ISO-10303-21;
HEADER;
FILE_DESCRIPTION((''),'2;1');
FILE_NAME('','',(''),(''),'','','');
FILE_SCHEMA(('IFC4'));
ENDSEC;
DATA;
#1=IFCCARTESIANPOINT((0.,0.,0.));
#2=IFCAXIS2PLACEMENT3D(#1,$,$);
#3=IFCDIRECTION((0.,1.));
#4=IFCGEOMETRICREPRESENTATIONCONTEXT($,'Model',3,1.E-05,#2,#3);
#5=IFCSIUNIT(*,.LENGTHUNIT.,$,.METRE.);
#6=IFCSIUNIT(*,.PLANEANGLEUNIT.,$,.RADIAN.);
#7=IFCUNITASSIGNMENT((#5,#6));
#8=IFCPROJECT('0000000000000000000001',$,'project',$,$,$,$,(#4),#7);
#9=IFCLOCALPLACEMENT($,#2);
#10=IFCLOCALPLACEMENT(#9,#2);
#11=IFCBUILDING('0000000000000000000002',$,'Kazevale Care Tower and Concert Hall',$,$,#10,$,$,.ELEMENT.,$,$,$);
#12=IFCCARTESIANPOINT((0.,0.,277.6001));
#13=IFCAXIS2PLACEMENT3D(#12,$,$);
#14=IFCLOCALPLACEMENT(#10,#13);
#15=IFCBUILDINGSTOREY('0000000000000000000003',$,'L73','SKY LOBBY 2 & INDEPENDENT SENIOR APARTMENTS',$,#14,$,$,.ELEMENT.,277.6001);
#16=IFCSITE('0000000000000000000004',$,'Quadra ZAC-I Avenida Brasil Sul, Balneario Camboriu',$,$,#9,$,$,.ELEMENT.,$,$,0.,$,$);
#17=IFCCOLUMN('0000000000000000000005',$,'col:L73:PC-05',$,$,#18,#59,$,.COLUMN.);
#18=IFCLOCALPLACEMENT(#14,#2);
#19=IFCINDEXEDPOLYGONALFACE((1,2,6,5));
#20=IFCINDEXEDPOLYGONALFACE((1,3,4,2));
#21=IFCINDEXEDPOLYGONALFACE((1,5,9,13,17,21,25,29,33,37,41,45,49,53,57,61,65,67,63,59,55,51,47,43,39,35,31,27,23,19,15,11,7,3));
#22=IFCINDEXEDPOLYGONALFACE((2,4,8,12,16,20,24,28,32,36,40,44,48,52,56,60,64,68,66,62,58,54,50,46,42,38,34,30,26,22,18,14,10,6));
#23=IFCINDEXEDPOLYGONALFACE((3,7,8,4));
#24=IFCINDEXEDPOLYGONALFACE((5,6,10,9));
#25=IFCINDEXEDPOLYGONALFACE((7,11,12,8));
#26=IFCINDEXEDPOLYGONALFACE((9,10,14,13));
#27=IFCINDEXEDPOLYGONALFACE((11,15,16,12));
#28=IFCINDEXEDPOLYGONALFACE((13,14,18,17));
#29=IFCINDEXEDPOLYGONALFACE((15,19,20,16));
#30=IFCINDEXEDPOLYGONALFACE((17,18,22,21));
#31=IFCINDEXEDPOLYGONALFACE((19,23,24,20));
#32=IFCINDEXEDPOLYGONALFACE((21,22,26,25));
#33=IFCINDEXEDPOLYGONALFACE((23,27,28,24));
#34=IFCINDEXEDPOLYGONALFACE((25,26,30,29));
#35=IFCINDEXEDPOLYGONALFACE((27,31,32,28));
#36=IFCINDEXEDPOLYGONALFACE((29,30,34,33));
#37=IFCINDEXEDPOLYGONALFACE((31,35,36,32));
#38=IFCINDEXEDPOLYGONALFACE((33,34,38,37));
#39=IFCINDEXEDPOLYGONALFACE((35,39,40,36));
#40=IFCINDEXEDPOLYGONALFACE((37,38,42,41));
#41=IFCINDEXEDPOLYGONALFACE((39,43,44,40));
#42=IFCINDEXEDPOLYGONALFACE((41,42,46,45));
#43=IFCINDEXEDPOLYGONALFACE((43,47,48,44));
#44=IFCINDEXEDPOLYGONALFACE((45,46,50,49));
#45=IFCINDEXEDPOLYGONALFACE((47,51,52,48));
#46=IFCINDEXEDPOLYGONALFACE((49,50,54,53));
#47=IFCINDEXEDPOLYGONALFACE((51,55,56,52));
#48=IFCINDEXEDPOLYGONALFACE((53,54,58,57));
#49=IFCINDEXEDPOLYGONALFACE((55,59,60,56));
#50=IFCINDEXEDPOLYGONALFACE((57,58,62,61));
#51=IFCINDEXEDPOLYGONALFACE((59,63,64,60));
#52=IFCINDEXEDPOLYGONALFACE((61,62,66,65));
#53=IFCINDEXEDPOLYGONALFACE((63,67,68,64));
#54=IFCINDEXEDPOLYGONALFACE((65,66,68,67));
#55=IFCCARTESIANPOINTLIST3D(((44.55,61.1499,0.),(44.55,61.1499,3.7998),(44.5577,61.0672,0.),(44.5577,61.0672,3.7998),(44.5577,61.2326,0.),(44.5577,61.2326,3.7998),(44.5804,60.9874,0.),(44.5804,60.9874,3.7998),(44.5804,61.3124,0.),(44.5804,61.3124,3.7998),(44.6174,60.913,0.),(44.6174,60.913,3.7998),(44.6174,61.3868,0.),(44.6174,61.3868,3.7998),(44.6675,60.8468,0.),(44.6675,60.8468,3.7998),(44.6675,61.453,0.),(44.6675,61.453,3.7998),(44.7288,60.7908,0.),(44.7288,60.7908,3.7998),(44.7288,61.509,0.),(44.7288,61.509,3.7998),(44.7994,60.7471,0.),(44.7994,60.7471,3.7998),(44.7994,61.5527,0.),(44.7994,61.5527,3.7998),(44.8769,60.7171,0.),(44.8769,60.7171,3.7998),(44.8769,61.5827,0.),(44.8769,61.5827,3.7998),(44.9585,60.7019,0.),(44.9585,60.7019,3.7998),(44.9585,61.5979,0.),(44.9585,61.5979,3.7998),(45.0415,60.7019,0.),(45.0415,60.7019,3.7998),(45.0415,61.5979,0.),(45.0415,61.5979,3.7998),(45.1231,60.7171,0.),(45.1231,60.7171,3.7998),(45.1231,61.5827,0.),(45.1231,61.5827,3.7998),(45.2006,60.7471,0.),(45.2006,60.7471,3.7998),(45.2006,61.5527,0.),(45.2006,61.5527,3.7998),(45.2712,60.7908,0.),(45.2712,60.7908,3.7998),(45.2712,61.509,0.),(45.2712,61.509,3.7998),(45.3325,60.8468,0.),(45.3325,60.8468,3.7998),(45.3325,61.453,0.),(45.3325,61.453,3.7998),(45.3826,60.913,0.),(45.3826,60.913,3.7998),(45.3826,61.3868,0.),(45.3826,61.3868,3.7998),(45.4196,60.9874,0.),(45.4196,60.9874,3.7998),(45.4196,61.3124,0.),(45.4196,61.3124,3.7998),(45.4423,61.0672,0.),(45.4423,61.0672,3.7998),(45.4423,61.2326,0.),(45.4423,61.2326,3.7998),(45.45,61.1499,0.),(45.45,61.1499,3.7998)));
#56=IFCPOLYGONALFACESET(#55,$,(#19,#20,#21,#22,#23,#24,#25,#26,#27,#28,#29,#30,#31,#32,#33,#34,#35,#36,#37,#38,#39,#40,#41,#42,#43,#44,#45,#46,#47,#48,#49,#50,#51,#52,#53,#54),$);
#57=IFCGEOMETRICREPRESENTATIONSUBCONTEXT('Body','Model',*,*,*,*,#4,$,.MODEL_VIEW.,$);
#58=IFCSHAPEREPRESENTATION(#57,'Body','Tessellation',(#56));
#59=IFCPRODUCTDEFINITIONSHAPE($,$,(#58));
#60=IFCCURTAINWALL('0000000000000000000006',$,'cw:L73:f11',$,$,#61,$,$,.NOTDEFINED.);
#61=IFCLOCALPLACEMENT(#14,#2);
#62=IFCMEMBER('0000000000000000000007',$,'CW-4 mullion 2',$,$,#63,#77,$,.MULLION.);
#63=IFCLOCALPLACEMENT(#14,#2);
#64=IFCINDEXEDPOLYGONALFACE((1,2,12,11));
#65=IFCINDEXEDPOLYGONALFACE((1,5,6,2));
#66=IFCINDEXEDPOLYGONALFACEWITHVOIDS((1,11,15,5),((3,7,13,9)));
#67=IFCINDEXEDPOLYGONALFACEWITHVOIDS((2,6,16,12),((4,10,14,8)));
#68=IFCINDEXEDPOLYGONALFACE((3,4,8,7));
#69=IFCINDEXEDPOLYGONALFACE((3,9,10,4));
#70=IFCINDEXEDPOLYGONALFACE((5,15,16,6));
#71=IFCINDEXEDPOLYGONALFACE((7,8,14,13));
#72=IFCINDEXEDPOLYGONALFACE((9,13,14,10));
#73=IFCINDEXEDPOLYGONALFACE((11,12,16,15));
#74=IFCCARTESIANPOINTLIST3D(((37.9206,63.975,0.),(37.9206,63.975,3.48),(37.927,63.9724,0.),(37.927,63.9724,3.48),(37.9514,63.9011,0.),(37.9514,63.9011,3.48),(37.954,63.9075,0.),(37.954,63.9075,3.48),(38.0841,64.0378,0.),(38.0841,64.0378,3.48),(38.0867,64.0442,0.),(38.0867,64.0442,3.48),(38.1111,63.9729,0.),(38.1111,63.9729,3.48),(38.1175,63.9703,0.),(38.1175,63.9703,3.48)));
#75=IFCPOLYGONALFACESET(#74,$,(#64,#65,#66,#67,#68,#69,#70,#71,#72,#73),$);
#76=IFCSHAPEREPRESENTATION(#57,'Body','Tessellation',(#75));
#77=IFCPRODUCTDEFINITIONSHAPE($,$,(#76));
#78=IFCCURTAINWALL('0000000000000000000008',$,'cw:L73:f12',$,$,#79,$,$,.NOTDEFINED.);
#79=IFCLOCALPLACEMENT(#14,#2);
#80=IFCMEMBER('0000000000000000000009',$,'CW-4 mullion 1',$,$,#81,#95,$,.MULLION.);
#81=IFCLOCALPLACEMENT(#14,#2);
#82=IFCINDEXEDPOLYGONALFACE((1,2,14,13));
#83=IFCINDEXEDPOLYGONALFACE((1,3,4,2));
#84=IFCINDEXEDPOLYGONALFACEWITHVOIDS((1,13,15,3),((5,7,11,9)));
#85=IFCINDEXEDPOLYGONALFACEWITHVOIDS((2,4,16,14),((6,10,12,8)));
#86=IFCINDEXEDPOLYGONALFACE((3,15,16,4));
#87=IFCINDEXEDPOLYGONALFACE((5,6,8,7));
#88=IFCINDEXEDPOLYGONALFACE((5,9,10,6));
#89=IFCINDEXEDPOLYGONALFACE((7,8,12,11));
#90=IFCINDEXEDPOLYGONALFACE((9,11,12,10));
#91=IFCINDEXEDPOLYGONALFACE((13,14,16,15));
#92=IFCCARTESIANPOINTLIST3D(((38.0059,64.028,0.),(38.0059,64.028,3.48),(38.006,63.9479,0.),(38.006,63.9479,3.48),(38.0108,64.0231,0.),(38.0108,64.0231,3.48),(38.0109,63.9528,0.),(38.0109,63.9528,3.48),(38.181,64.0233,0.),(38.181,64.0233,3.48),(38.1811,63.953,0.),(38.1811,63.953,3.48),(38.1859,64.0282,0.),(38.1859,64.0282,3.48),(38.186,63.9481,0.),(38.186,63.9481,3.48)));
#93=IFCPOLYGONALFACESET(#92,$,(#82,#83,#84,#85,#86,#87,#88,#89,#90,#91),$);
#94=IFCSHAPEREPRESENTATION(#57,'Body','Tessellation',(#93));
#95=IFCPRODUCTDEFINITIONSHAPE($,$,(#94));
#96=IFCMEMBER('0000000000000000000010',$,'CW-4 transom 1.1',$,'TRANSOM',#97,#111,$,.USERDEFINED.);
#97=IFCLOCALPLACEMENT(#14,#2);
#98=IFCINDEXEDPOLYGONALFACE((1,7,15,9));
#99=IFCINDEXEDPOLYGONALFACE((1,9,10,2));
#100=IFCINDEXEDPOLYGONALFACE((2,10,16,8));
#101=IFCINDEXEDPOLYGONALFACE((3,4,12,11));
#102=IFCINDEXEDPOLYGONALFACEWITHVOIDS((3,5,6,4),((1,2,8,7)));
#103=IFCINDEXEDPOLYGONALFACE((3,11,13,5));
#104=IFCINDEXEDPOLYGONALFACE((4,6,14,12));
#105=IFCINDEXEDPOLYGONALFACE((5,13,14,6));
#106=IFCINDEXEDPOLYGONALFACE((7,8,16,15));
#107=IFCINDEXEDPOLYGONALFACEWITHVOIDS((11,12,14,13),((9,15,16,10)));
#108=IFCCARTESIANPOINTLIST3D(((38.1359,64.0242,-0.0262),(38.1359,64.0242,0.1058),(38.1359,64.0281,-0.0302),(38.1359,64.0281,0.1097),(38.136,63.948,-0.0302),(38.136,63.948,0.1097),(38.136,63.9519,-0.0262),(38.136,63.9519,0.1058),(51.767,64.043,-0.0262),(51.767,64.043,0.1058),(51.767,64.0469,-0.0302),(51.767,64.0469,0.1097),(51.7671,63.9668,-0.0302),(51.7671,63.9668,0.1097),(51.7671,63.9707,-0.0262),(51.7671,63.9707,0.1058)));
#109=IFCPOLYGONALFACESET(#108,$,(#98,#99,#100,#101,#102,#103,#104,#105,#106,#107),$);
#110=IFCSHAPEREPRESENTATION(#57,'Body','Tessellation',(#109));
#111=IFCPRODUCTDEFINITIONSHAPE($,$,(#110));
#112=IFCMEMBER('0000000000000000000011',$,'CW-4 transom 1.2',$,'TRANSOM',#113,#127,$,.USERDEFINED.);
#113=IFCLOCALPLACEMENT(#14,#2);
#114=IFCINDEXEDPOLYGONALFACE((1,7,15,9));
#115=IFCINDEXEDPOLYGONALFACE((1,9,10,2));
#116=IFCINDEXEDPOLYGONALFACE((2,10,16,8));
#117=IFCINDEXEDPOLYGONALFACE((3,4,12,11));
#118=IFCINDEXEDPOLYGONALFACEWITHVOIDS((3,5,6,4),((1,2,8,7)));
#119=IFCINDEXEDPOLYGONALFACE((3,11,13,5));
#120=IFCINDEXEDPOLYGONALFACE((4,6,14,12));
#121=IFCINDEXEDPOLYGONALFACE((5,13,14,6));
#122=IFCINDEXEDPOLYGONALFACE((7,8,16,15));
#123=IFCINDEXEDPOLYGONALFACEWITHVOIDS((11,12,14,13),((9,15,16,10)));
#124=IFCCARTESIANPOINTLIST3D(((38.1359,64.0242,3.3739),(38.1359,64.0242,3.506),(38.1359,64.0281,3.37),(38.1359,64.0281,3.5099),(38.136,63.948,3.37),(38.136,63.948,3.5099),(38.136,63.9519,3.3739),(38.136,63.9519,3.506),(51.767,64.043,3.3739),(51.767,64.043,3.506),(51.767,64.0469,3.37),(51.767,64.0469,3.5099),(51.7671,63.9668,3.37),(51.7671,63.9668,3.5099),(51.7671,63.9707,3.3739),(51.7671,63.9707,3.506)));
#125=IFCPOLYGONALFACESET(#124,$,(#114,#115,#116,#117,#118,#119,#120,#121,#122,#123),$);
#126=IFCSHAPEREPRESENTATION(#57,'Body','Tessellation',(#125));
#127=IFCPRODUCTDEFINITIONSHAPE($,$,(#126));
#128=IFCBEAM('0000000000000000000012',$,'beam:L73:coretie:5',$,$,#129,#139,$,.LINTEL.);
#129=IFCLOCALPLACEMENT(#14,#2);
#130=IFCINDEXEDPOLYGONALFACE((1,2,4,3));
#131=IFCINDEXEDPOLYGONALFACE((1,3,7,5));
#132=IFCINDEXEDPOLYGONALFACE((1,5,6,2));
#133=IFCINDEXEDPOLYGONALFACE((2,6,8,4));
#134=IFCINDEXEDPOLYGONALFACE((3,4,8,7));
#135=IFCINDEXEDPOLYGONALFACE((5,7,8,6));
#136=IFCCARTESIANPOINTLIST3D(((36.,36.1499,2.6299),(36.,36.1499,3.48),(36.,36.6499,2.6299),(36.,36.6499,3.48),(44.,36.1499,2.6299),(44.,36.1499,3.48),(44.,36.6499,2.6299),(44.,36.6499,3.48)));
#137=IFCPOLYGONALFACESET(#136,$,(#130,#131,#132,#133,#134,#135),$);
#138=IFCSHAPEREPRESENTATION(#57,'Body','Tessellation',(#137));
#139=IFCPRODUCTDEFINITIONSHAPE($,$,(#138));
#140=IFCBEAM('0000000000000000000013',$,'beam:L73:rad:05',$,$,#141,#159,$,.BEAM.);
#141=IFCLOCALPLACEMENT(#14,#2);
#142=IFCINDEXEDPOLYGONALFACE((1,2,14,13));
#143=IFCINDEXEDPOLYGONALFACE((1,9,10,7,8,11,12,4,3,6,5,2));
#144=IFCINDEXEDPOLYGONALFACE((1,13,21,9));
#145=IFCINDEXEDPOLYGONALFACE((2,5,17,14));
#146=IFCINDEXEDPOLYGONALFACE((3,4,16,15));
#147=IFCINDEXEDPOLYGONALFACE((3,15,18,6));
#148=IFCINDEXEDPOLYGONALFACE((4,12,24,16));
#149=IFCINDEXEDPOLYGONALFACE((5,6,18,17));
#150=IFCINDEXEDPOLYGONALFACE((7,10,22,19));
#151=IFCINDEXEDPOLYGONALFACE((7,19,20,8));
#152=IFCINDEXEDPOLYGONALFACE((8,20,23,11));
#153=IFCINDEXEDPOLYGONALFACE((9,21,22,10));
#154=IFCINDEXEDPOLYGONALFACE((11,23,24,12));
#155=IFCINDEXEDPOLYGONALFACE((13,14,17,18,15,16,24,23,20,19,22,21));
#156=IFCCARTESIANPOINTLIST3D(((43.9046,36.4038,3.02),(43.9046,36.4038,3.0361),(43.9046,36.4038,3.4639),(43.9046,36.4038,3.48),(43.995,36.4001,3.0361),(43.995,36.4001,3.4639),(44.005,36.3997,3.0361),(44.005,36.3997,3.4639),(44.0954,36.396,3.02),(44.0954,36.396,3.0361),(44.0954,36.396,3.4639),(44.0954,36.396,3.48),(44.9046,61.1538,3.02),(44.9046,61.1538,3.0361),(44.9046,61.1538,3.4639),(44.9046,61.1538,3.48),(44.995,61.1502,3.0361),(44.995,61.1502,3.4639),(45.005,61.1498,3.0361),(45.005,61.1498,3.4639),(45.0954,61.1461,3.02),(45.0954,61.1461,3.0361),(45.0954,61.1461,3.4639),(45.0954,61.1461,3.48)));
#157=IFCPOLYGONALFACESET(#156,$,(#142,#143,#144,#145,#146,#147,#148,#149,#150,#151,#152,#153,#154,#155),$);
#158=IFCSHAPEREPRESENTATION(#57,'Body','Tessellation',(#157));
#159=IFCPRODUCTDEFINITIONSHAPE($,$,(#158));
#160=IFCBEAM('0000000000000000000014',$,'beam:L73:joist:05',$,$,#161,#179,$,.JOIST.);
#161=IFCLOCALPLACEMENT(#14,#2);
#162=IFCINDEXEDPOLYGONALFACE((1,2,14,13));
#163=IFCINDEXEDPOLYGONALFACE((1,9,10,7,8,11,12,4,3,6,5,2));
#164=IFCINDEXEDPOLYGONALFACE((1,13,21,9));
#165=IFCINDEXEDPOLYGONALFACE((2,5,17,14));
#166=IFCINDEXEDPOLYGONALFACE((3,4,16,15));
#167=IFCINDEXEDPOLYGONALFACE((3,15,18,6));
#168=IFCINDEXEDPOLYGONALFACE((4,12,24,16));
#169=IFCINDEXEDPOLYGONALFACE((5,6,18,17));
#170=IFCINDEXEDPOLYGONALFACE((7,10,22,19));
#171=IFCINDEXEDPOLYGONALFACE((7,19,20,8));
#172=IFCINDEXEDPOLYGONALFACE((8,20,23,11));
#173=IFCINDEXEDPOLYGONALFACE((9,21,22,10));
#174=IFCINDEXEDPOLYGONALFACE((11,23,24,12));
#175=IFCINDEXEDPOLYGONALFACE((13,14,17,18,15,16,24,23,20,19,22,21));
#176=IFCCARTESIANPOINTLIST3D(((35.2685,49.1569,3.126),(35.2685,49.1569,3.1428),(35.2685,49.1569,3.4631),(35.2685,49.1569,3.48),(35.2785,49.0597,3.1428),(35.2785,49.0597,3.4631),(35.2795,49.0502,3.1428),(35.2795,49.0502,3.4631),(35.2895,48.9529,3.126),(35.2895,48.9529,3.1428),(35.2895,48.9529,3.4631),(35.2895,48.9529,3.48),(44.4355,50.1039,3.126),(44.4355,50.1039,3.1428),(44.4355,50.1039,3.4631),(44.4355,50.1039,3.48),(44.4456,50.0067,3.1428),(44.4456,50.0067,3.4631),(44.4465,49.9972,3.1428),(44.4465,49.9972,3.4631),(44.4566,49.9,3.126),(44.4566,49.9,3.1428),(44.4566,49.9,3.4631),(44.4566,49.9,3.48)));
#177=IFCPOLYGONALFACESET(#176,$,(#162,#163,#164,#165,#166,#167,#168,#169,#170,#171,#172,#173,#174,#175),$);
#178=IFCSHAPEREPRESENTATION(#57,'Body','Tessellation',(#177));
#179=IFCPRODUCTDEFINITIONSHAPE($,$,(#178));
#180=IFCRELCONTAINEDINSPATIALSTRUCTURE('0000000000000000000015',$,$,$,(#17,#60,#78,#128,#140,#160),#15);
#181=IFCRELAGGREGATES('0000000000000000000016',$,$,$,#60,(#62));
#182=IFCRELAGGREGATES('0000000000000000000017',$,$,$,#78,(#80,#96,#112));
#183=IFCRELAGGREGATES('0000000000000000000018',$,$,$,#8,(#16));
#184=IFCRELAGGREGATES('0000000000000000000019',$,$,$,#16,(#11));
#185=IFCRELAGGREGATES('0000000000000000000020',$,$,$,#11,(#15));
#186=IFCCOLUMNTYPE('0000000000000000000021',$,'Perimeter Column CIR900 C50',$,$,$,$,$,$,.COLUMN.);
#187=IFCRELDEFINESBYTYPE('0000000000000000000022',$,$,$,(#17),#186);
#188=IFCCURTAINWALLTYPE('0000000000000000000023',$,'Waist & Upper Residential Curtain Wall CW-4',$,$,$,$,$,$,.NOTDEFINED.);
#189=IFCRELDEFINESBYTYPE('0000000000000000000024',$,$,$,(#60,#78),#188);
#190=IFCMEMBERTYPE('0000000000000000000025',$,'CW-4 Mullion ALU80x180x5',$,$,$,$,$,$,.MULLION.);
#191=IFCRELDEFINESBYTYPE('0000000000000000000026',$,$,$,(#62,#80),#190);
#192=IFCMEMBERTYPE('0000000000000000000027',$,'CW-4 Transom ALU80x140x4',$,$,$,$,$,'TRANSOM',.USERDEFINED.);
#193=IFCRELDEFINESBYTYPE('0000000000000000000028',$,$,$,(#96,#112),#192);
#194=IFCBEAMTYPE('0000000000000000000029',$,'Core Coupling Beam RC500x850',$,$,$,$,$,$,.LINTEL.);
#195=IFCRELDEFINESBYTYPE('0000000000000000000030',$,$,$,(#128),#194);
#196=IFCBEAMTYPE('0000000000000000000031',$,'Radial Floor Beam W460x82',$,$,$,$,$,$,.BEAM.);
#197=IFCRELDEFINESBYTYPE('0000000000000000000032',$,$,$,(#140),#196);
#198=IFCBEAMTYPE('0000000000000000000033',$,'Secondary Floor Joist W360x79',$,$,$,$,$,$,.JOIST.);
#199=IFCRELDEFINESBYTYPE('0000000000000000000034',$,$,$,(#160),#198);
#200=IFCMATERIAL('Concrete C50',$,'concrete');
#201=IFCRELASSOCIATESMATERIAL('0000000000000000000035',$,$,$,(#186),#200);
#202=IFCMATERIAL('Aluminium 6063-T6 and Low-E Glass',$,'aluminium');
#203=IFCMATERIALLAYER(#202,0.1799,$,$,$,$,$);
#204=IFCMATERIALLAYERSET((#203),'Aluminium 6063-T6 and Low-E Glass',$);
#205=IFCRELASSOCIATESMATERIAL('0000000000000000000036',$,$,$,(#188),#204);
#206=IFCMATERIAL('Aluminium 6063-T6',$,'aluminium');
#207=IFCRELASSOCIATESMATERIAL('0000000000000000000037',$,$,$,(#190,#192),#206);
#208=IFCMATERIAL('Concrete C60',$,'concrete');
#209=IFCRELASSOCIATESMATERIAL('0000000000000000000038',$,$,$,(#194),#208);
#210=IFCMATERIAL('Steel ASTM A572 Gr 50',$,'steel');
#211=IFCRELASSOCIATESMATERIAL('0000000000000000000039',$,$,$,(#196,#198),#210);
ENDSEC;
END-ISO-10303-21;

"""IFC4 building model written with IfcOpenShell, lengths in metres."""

from ifc_helpers import new_model, si_unit, direction, frame, origin, origin_2d, place, context, subcontext, project, spatial, rectangle, hollow_rectangle, circle, i_section, extrude, material, layer, layer_set, material_profile, profile_set, type_object, element, aggregate, save


model = new_model("IFC4")

# Units and contexts
model_context = context("Model", 3, precision=1e-05, world=origin(), true_north=direction((0.0, 1.0)))
body_context = subcontext(model_context, "Body", "Model", "MODEL_VIEW")
ifc_project = project(units=[si_unit("LENGTHUNIT", "METRE"), si_unit("PLANEANGLEUNIT", "RADIAN")], contexts=[model_context])

# Site, building, storey
site_placement = place(None, origin())
site = spatial("IfcSite", under=ifc_project, at=site_placement, Name="Quadra ZAC-I Avenida Brasil Sul, Balneario Camboriu", CompositionType="ELEMENT", RefElevation=0.0)
building_placement = place(site_placement, origin())
building = spatial("IfcBuilding", under=site, at=building_placement, Name="Kazevale Care Tower and Concert Hall", CompositionType="ELEMENT")
storey_placement = place(building_placement, frame((0.0, 0.0, 277.6001)))
storey = spatial("IfcBuildingStorey", under=building, at=storey_placement, Name="L73", Description="SKY LOBBY 2 & INDEPENDENT SENIOR APARTMENTS", CompositionType="ELEMENT", Elevation=277.6001)

# Column
ifc_material_1 = material(Name="Concrete C50", Category="concrete")
ifc_material_profile_1 = material_profile(ifc_material_1, circle(Radius=0.45, at=origin_2d()), Name="RC-CIR900")
ifc_profile_set_1 = profile_set([ifc_material_profile_1], Name="Concrete C50")
column_type = type_object("IfcColumnType", Name="Perimeter Column CIR900 C50", PredefinedType="COLUMN", material=ifc_profile_set_1)
column_placement = place(storey_placement, frame((45.0, 61.1499, 0.0), z_axis=(0.0, 0.0, 1.0), x_axis=(1.0, 0.0, 0.0)))
element("IfcColumn", 1, at=column_placement, inside=storey, type_object=column_type, Name="col:L73:PC-05", PredefinedType="COLUMN", context=body_context, shape_type="SweptSolid", body=[
    extrude(circle(Radius=0.45, at=origin_2d()), origin(), (0.0, 0.0, 1.0), 3.7998),
])

# Curtain wall, member
ifc_material_2 = material(Name="Aluminium 6063-T6 and Low-E Glass", Category="aluminium")
ifc_layer_1 = layer(ifc_material_2, 0.1799)
ifc_layer_set_1 = layer_set([ifc_layer_1], Name="Aluminium 6063-T6 and Low-E Glass")
curtain_wall_type = type_object("IfcCurtainWallType", Name="Waist & Upper Residential Curtain Wall CW-4", PredefinedType="NOTDEFINED", material=ifc_layer_set_1)
curtain_wall_1_placement = place(storey_placement, origin())
curtain_wall_1 = element("IfcCurtainWall", 2, at=curtain_wall_1_placement, inside=storey, type_object=curtain_wall_type, Name="cw:L73:f11", PredefinedType="NOTDEFINED")
ifc_material_3 = material(Name="Aluminium 6063-T6", Category="aluminium")
ifc_material_profile_2 = material_profile(ifc_material_3, hollow_rectangle(XDim=0.0801, YDim=0.1799, WallThickness=0.0049, at=origin_2d()), Name="ALU80x180x5")
ifc_profile_set_2 = profile_set([ifc_material_profile_2], Name="Aluminium 6063-T6")
member_type_1 = type_object("IfcMemberType", Name="CW-4 Mullion ALU80x180x5", PredefinedType="MULLION", material=ifc_profile_set_2)
member_1_placement = place(storey_placement, frame((38.019, 63.9727, 0.0), z_axis=(0.0, 0.0, 1.0), x_axis=(-0.384684, 0.923048, 0.0)))
member_1 = element("IfcMember", 3, at=member_1_placement, type_object=member_type_1, Name="CW-4 mullion 2", PredefinedType="MULLION", context=body_context, shape_type="SweptSolid", body=[
    extrude(hollow_rectangle(XDim=0.0801, YDim=0.1799, WallThickness=0.0049, at=origin_2d()), origin(), (0.0, 0.0, 1.0), 3.48),
])
aggregate(curtain_wall_1, [member_1])

# Curtain wall, members
curtain_wall_2_placement = place(storey_placement, origin())
curtain_wall_2 = element("IfcCurtainWall", 4, at=curtain_wall_2_placement, inside=storey, type_object=curtain_wall_type, Name="cw:L73:f12", PredefinedType="NOTDEFINED")
member_2_placement = place(storey_placement, frame((38.0959, 63.988, 0.0), z_axis=(0.0, 0.0, 1.0), x_axis=(-0.001378, 0.999999, 0.0)))
member_2 = element("IfcMember", 5, at=member_2_placement, type_object=member_type_1, Name="CW-4 mullion 1", PredefinedType="MULLION", context=body_context, shape_type="SweptSolid", body=[
    extrude(hollow_rectangle(XDim=0.0801, YDim=0.1799, WallThickness=0.0049, at=origin_2d()), origin(), (0.0, 0.0, 1.0), 3.48),
])
ifc_material_profile_3 = material_profile(ifc_material_3, hollow_rectangle(XDim=0.0801, YDim=0.1399, WallThickness=0.0039, at=origin_2d()), Name="ALU80x140x4")
ifc_profile_set_3 = profile_set([ifc_material_profile_3], Name="Aluminium 6063-T6")
member_type_2 = type_object("IfcMemberType", Name="CW-4 Transom ALU80x140x4", ElementType="TRANSOM", PredefinedType="USERDEFINED", material=ifc_profile_set_3)
member_3_placement = place(storey_placement, frame((38.136, 63.988, 0.0398), z_axis=(0.999999, 0.001379, 0.0), x_axis=(-0.001379, 0.999999, 0.0)))
member_3 = element("IfcMember", 6, at=member_3_placement, type_object=member_type_2, Name="CW-4 transom 1.1", ObjectType="TRANSOM", PredefinedType="USERDEFINED", context=body_context, shape_type="SweptSolid", body=[
    extrude(hollow_rectangle(XDim=0.0801, YDim=0.1399, WallThickness=0.0039, at=origin_2d()), origin(), (0.0, 0.0, 1.0), 13.6311),
])
member_4_placement = place(storey_placement, frame((38.136, 63.988, 3.4399), z_axis=(0.999999, 0.001379, 0.0), x_axis=(-0.001379, 0.999999, 0.0)))
member_4 = element("IfcMember", 7, at=member_4_placement, type_object=member_type_2, Name="CW-4 transom 1.2", ObjectType="TRANSOM", PredefinedType="USERDEFINED", context=body_context, shape_type="SweptSolid", body=[
    extrude(hollow_rectangle(XDim=0.0801, YDim=0.1399, WallThickness=0.0039, at=origin_2d()), origin(), (0.0, 0.0, 1.0), 13.6311),
])

# Beams
ifc_material_4 = material(Name="Concrete C60", Category="concrete")
ifc_material_profile_4 = material_profile(ifc_material_4, rectangle(XDim=0.5, YDim=0.8501, at=origin_2d()), Name="RC-B500x850")
ifc_profile_set_4 = profile_set([ifc_material_profile_4], Name="Concrete C60")
beam_type_1 = type_object("IfcBeamType", Name="Core Coupling Beam RC500x850", PredefinedType="LINTEL", material=ifc_profile_set_4)
beam_1_placement = place(storey_placement, frame((44.0, 36.3999, 3.0549), z_axis=(-1.0, 0.0, 0.0), x_axis=(0.0, -1.0, 0.0)))
element("IfcBeam", 8, at=beam_1_placement, inside=storey, type_object=beam_type_1, Name="beam:L73:coretie:5", PredefinedType="LINTEL", context=body_context, shape_type="SweptSolid", body=[
    extrude(rectangle(XDim=0.5, YDim=0.8501, at=origin_2d()), origin(), (0.0, 0.0, 1.0), 8.0),
])
ifc_material_5 = material(Name="Steel ASTM A572 Gr 50", Category="steel")
ifc_material_profile_5 = material_profile(ifc_material_5, i_section(OverallWidth=0.1909, OverallDepth=0.46, WebThickness=0.01, FlangeThickness=0.0161, at=origin_2d()), Name="W460x82")
ifc_profile_set_5 = profile_set([ifc_material_profile_5], Name="Steel ASTM A572 Gr 50")
beam_type_2 = type_object("IfcBeamType", Name="Radial Floor Beam W460x82", PredefinedType="BEAM", material=ifc_profile_set_5)
beam_2_placement = place(storey_placement, frame((44.0, 36.3999, 3.25), z_axis=(0.040371, 0.999185, 0.0), x_axis=(-0.999185, 0.040371, 0.0)))
element("IfcBeam", 9, at=beam_2_placement, inside=storey, type_object=beam_type_2, Name="beam:L73:rad:05", PredefinedType="BEAM", context=body_context, shape_type="SweptSolid", body=[
    extrude(i_section(OverallWidth=0.1909, OverallDepth=0.46, WebThickness=0.01, FlangeThickness=0.0161, at=origin_2d()), origin(), (0.0, 0.0, 1.0), 24.7703),
])
ifc_material_profile_6 = material_profile(ifc_material_5, i_section(OverallWidth=0.2051, OverallDepth=0.354, WebThickness=0.0095, FlangeThickness=0.0168, at=origin_2d()), Name="W360x79")
ifc_profile_set_6 = profile_set([ifc_material_profile_6], Name="Steel ASTM A572 Gr 50")
beam_type_3 = type_object("IfcBeamType", Name="Secondary Floor Joist W360x79", PredefinedType="JOIST", material=ifc_profile_set_6)
beam_3_placement = place(storey_placement, frame((44.446, 50.002, 3.303), z_axis=(-0.994706, -0.102761, 0.0), x_axis=(0.102761, -0.994706, 0.0)))
element("IfcBeam", 10, at=beam_3_placement, inside=storey, type_object=beam_type_3, Name="beam:L73:joist:05", PredefinedType="JOIST", context=body_context, shape_type="SweptSolid", body=[
    extrude(i_section(OverallWidth=0.2051, OverallDepth=0.354, WebThickness=0.0095, FlangeThickness=0.0168, at=origin_2d()), origin(), (0.0, 0.0, 1.0), 9.2158),
])

aggregate(curtain_wall_2, [member_2, member_3, member_4])

save(model, "model.ifc")
